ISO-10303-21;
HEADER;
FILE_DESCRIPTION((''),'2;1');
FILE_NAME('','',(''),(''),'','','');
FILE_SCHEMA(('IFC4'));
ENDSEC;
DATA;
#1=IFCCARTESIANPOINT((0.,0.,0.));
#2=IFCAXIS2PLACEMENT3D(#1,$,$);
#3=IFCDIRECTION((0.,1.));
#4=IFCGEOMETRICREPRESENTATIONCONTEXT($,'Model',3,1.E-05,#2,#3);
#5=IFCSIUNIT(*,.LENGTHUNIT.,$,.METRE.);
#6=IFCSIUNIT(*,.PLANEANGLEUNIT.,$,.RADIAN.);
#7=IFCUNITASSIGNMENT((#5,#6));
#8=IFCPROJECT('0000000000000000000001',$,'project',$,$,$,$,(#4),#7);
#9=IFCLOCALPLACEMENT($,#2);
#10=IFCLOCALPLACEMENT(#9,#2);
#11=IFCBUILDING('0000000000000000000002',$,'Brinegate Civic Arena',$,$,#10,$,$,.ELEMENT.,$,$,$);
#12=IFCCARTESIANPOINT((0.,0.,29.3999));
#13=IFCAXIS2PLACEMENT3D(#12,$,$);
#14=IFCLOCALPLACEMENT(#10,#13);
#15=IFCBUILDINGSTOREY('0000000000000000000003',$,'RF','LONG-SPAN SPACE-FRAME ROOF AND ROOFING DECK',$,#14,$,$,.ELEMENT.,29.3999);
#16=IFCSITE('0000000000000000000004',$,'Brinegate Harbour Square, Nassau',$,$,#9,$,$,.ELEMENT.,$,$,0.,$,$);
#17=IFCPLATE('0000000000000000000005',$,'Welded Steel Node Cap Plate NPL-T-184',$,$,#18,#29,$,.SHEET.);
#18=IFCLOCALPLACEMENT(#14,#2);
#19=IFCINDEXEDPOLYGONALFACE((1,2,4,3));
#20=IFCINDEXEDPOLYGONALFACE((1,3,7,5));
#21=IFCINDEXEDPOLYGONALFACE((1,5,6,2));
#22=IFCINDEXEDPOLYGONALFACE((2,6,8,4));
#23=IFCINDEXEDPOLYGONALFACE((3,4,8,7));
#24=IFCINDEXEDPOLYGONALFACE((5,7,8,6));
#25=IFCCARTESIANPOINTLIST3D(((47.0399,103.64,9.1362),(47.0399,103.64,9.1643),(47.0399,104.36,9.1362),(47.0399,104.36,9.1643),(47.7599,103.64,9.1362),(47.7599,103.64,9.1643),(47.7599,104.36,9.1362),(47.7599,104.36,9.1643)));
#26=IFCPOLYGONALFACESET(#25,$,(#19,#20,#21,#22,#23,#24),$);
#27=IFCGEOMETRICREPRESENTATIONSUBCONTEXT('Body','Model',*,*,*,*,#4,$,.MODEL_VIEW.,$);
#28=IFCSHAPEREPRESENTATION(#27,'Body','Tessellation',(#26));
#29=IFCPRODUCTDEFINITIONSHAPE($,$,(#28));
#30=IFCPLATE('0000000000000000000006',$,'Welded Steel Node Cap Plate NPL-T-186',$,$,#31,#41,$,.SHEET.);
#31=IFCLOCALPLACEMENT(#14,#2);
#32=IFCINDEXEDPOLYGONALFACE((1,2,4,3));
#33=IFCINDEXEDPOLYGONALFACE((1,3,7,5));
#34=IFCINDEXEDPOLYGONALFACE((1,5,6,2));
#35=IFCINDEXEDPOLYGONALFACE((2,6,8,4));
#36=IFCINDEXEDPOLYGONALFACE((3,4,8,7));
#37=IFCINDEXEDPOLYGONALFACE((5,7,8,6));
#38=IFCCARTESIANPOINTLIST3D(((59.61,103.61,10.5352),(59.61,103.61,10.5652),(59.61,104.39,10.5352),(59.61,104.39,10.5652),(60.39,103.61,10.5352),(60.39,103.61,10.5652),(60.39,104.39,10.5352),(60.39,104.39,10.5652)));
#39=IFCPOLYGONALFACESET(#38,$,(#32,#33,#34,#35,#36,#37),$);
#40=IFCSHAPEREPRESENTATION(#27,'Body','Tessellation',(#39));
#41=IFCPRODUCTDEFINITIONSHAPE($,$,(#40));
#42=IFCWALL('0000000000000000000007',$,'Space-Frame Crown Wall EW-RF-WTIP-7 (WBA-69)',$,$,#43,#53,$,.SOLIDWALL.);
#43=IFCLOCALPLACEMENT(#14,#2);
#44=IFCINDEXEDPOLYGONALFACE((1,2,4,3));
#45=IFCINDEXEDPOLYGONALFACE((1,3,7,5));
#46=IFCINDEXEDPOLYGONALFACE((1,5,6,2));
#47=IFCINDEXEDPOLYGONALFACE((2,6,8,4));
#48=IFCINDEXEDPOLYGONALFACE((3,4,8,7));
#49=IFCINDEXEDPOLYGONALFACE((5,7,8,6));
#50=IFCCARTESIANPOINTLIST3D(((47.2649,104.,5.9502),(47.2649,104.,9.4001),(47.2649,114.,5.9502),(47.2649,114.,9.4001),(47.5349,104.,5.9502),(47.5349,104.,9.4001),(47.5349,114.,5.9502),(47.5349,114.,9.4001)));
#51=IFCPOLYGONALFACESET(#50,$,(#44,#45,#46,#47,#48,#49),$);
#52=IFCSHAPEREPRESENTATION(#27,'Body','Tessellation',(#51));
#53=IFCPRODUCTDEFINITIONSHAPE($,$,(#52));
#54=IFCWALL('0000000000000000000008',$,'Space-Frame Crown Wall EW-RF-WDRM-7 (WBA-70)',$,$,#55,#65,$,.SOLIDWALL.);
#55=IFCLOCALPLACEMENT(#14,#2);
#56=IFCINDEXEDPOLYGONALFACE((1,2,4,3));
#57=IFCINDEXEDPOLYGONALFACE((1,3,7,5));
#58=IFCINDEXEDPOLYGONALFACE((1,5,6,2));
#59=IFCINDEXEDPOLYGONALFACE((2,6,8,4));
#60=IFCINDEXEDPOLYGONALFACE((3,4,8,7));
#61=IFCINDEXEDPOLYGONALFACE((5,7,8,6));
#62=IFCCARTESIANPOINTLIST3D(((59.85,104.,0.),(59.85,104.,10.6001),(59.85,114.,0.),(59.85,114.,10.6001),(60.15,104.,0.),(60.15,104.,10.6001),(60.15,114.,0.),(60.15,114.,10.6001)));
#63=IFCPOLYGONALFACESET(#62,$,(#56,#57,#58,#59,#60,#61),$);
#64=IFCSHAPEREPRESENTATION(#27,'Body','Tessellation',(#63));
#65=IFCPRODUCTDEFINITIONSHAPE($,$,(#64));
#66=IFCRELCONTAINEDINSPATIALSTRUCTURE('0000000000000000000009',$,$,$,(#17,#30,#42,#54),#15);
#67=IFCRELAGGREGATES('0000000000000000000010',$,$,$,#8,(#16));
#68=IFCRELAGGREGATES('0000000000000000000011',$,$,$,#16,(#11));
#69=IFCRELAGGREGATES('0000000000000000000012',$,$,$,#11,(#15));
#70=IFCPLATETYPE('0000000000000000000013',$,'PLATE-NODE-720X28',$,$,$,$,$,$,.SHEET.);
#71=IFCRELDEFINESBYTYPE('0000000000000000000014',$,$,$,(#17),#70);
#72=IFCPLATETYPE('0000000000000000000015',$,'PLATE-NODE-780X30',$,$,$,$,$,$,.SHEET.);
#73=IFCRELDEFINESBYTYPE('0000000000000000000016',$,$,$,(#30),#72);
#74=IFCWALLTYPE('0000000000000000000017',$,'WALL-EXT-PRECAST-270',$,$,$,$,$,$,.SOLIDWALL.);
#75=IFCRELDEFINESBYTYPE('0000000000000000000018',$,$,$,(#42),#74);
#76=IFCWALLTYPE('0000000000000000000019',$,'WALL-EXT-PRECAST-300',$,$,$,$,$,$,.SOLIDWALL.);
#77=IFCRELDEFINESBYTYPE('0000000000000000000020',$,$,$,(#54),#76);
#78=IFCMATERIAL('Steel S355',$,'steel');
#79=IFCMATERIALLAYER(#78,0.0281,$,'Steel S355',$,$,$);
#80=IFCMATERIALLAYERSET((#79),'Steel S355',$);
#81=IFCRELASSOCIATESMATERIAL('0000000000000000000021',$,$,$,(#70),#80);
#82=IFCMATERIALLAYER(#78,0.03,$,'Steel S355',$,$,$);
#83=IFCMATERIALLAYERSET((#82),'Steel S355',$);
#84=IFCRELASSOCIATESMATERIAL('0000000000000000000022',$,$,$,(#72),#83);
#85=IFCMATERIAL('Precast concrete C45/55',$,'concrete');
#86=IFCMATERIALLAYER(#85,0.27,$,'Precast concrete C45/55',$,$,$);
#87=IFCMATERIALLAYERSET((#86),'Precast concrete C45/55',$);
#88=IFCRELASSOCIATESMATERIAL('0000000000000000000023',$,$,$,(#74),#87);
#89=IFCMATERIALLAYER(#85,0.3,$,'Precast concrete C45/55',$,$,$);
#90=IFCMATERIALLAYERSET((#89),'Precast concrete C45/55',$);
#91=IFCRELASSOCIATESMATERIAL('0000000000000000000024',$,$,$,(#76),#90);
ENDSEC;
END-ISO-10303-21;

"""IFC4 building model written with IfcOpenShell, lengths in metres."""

from ifc_helpers import new_model, si_unit, direction, frame, frame_2d, origin, origin_2d, place, context, subcontext, project, spatial, rectangle, extrude, material, layer, layer_set, type_object, element, save


model = new_model("IFC4")

# Units and contexts
model_context = context("Model", 3, precision=1e-05, world=origin(), true_north=direction((0.0, 1.0)))
body_context = subcontext(model_context, "Body", "Model", "MODEL_VIEW")
ifc_project = project(units=[si_unit("LENGTHUNIT", "METRE"), si_unit("PLANEANGLEUNIT", "RADIAN")], contexts=[model_context])

# Site, building, storey
site_placement = place(None, origin())
site = spatial("IfcSite", under=ifc_project, at=site_placement, Name="Brinegate Harbour Square, Nassau", CompositionType="ELEMENT", RefElevation=0.0)
building_placement = place(site_placement, origin())
building = spatial("IfcBuilding", under=site, at=building_placement, Name="Brinegate Civic Arena", CompositionType="ELEMENT")
storey_placement = place(building_placement, frame((0.0, 0.0, 29.3999)))
storey = spatial("IfcBuildingStorey", under=building, at=storey_placement, Name="RF", Description="LONG-SPAN SPACE-FRAME ROOF AND ROOFING DECK", CompositionType="ELEMENT", Elevation=29.3999)

# Shared definitions
ifc_material_1 = material(Name="Steel S355", Category="steel")

# Plates
ifc_layer_1 = layer(ifc_material_1, 0.0281, Name="Steel S355")
ifc_layer_set_1 = layer_set([ifc_layer_1], Name="Steel S355")
plate_type_1 = type_object("IfcPlateType", Name="PLATE-NODE-720X28", PredefinedType="SHEET", material=ifc_layer_set_1)
plate_1_placement = place(storey_placement, frame((47.3999, 104.0, 9.1362), z_axis=(0.0, 0.0, 1.0), x_axis=(1.0, 0.0, 0.0)))
element("IfcPlate", 1, at=plate_1_placement, inside=storey, type_object=plate_type_1, Name="Welded Steel Node Cap Plate NPL-T-184", PredefinedType="SHEET", context=body_context, shape_type="SweptSolid", body=[
    extrude(rectangle(XDim=0.72, YDim=0.72, at=origin_2d()), origin(), (0.0, 0.0, 1.0), 0.0281),
])
ifc_layer_2 = layer(ifc_material_1, 0.03, Name="Steel S355")
ifc_layer_set_2 = layer_set([ifc_layer_2], Name="Steel S355")
plate_type_2 = type_object("IfcPlateType", Name="PLATE-NODE-780X30", PredefinedType="SHEET", material=ifc_layer_set_2)
plate_2_placement = place(storey_placement, frame((60.0, 104.0, 10.5352), z_axis=(0.0, 0.0, 1.0), x_axis=(1.0, 0.0, 0.0)))
element("IfcPlate", 2, at=plate_2_placement, inside=storey, type_object=plate_type_2, Name="Welded Steel Node Cap Plate NPL-T-186", PredefinedType="SHEET", context=body_context, shape_type="SweptSolid", body=[
    extrude(rectangle(XDim=0.78, YDim=0.78, at=origin_2d()), origin(), (0.0, 0.0, 1.0), 0.03),
])

# Walls
ifc_material_2 = material(Name="Precast concrete C45/55", Category="concrete")
ifc_layer_3 = layer(ifc_material_2, 0.27, Name="Precast concrete C45/55")
ifc_layer_set_3 = layer_set([ifc_layer_3], Name="Precast concrete C45/55")
wall_type_1 = type_object("IfcWallType", Name="WALL-EXT-PRECAST-270", PredefinedType="SOLIDWALL", material=ifc_layer_set_3)
wall_1_placement = place(storey_placement, frame((47.3999, 104.0, 5.9502), z_axis=(0.0, 0.0, 1.0), x_axis=(0.0, 1.0, 0.0)))
element("IfcWall", 3, at=wall_1_placement, inside=storey, type_object=wall_type_1, Name="Space-Frame Crown Wall EW-RF-WTIP-7 (WBA-69)", PredefinedType="SOLIDWALL", context=body_context, shape_type="SweptSolid", body=[
    extrude(rectangle(XDim=10.0, YDim=0.27, at=frame_2d((5.0, 0.0))), origin(), (0.0, 0.0, 1.0), 3.45),
])
ifc_layer_4 = layer(ifc_material_2, 0.3, Name="Precast concrete C45/55")
ifc_layer_set_4 = layer_set([ifc_layer_4], Name="Precast concrete C45/55")
wall_type_2 = type_object("IfcWallType", Name="WALL-EXT-PRECAST-300", PredefinedType="SOLIDWALL", material=ifc_layer_set_4)
wall_2_placement = place(storey_placement, frame((60.0, 104.0, 0.0), z_axis=(0.0, 0.0, 1.0), x_axis=(0.0, 1.0, 0.0)))
element("IfcWall", 4, at=wall_2_placement, inside=storey, type_object=wall_type_2, Name="Space-Frame Crown Wall EW-RF-WDRM-7 (WBA-70)", PredefinedType="SOLIDWALL", context=body_context, shape_type="SweptSolid", body=[
    extrude(rectangle(XDim=10.0, YDim=0.3, at=frame_2d((5.0, 0.0))), origin(), (0.0, 0.0, 1.0), 10.6001),
])

save(model, "model.ifc")
